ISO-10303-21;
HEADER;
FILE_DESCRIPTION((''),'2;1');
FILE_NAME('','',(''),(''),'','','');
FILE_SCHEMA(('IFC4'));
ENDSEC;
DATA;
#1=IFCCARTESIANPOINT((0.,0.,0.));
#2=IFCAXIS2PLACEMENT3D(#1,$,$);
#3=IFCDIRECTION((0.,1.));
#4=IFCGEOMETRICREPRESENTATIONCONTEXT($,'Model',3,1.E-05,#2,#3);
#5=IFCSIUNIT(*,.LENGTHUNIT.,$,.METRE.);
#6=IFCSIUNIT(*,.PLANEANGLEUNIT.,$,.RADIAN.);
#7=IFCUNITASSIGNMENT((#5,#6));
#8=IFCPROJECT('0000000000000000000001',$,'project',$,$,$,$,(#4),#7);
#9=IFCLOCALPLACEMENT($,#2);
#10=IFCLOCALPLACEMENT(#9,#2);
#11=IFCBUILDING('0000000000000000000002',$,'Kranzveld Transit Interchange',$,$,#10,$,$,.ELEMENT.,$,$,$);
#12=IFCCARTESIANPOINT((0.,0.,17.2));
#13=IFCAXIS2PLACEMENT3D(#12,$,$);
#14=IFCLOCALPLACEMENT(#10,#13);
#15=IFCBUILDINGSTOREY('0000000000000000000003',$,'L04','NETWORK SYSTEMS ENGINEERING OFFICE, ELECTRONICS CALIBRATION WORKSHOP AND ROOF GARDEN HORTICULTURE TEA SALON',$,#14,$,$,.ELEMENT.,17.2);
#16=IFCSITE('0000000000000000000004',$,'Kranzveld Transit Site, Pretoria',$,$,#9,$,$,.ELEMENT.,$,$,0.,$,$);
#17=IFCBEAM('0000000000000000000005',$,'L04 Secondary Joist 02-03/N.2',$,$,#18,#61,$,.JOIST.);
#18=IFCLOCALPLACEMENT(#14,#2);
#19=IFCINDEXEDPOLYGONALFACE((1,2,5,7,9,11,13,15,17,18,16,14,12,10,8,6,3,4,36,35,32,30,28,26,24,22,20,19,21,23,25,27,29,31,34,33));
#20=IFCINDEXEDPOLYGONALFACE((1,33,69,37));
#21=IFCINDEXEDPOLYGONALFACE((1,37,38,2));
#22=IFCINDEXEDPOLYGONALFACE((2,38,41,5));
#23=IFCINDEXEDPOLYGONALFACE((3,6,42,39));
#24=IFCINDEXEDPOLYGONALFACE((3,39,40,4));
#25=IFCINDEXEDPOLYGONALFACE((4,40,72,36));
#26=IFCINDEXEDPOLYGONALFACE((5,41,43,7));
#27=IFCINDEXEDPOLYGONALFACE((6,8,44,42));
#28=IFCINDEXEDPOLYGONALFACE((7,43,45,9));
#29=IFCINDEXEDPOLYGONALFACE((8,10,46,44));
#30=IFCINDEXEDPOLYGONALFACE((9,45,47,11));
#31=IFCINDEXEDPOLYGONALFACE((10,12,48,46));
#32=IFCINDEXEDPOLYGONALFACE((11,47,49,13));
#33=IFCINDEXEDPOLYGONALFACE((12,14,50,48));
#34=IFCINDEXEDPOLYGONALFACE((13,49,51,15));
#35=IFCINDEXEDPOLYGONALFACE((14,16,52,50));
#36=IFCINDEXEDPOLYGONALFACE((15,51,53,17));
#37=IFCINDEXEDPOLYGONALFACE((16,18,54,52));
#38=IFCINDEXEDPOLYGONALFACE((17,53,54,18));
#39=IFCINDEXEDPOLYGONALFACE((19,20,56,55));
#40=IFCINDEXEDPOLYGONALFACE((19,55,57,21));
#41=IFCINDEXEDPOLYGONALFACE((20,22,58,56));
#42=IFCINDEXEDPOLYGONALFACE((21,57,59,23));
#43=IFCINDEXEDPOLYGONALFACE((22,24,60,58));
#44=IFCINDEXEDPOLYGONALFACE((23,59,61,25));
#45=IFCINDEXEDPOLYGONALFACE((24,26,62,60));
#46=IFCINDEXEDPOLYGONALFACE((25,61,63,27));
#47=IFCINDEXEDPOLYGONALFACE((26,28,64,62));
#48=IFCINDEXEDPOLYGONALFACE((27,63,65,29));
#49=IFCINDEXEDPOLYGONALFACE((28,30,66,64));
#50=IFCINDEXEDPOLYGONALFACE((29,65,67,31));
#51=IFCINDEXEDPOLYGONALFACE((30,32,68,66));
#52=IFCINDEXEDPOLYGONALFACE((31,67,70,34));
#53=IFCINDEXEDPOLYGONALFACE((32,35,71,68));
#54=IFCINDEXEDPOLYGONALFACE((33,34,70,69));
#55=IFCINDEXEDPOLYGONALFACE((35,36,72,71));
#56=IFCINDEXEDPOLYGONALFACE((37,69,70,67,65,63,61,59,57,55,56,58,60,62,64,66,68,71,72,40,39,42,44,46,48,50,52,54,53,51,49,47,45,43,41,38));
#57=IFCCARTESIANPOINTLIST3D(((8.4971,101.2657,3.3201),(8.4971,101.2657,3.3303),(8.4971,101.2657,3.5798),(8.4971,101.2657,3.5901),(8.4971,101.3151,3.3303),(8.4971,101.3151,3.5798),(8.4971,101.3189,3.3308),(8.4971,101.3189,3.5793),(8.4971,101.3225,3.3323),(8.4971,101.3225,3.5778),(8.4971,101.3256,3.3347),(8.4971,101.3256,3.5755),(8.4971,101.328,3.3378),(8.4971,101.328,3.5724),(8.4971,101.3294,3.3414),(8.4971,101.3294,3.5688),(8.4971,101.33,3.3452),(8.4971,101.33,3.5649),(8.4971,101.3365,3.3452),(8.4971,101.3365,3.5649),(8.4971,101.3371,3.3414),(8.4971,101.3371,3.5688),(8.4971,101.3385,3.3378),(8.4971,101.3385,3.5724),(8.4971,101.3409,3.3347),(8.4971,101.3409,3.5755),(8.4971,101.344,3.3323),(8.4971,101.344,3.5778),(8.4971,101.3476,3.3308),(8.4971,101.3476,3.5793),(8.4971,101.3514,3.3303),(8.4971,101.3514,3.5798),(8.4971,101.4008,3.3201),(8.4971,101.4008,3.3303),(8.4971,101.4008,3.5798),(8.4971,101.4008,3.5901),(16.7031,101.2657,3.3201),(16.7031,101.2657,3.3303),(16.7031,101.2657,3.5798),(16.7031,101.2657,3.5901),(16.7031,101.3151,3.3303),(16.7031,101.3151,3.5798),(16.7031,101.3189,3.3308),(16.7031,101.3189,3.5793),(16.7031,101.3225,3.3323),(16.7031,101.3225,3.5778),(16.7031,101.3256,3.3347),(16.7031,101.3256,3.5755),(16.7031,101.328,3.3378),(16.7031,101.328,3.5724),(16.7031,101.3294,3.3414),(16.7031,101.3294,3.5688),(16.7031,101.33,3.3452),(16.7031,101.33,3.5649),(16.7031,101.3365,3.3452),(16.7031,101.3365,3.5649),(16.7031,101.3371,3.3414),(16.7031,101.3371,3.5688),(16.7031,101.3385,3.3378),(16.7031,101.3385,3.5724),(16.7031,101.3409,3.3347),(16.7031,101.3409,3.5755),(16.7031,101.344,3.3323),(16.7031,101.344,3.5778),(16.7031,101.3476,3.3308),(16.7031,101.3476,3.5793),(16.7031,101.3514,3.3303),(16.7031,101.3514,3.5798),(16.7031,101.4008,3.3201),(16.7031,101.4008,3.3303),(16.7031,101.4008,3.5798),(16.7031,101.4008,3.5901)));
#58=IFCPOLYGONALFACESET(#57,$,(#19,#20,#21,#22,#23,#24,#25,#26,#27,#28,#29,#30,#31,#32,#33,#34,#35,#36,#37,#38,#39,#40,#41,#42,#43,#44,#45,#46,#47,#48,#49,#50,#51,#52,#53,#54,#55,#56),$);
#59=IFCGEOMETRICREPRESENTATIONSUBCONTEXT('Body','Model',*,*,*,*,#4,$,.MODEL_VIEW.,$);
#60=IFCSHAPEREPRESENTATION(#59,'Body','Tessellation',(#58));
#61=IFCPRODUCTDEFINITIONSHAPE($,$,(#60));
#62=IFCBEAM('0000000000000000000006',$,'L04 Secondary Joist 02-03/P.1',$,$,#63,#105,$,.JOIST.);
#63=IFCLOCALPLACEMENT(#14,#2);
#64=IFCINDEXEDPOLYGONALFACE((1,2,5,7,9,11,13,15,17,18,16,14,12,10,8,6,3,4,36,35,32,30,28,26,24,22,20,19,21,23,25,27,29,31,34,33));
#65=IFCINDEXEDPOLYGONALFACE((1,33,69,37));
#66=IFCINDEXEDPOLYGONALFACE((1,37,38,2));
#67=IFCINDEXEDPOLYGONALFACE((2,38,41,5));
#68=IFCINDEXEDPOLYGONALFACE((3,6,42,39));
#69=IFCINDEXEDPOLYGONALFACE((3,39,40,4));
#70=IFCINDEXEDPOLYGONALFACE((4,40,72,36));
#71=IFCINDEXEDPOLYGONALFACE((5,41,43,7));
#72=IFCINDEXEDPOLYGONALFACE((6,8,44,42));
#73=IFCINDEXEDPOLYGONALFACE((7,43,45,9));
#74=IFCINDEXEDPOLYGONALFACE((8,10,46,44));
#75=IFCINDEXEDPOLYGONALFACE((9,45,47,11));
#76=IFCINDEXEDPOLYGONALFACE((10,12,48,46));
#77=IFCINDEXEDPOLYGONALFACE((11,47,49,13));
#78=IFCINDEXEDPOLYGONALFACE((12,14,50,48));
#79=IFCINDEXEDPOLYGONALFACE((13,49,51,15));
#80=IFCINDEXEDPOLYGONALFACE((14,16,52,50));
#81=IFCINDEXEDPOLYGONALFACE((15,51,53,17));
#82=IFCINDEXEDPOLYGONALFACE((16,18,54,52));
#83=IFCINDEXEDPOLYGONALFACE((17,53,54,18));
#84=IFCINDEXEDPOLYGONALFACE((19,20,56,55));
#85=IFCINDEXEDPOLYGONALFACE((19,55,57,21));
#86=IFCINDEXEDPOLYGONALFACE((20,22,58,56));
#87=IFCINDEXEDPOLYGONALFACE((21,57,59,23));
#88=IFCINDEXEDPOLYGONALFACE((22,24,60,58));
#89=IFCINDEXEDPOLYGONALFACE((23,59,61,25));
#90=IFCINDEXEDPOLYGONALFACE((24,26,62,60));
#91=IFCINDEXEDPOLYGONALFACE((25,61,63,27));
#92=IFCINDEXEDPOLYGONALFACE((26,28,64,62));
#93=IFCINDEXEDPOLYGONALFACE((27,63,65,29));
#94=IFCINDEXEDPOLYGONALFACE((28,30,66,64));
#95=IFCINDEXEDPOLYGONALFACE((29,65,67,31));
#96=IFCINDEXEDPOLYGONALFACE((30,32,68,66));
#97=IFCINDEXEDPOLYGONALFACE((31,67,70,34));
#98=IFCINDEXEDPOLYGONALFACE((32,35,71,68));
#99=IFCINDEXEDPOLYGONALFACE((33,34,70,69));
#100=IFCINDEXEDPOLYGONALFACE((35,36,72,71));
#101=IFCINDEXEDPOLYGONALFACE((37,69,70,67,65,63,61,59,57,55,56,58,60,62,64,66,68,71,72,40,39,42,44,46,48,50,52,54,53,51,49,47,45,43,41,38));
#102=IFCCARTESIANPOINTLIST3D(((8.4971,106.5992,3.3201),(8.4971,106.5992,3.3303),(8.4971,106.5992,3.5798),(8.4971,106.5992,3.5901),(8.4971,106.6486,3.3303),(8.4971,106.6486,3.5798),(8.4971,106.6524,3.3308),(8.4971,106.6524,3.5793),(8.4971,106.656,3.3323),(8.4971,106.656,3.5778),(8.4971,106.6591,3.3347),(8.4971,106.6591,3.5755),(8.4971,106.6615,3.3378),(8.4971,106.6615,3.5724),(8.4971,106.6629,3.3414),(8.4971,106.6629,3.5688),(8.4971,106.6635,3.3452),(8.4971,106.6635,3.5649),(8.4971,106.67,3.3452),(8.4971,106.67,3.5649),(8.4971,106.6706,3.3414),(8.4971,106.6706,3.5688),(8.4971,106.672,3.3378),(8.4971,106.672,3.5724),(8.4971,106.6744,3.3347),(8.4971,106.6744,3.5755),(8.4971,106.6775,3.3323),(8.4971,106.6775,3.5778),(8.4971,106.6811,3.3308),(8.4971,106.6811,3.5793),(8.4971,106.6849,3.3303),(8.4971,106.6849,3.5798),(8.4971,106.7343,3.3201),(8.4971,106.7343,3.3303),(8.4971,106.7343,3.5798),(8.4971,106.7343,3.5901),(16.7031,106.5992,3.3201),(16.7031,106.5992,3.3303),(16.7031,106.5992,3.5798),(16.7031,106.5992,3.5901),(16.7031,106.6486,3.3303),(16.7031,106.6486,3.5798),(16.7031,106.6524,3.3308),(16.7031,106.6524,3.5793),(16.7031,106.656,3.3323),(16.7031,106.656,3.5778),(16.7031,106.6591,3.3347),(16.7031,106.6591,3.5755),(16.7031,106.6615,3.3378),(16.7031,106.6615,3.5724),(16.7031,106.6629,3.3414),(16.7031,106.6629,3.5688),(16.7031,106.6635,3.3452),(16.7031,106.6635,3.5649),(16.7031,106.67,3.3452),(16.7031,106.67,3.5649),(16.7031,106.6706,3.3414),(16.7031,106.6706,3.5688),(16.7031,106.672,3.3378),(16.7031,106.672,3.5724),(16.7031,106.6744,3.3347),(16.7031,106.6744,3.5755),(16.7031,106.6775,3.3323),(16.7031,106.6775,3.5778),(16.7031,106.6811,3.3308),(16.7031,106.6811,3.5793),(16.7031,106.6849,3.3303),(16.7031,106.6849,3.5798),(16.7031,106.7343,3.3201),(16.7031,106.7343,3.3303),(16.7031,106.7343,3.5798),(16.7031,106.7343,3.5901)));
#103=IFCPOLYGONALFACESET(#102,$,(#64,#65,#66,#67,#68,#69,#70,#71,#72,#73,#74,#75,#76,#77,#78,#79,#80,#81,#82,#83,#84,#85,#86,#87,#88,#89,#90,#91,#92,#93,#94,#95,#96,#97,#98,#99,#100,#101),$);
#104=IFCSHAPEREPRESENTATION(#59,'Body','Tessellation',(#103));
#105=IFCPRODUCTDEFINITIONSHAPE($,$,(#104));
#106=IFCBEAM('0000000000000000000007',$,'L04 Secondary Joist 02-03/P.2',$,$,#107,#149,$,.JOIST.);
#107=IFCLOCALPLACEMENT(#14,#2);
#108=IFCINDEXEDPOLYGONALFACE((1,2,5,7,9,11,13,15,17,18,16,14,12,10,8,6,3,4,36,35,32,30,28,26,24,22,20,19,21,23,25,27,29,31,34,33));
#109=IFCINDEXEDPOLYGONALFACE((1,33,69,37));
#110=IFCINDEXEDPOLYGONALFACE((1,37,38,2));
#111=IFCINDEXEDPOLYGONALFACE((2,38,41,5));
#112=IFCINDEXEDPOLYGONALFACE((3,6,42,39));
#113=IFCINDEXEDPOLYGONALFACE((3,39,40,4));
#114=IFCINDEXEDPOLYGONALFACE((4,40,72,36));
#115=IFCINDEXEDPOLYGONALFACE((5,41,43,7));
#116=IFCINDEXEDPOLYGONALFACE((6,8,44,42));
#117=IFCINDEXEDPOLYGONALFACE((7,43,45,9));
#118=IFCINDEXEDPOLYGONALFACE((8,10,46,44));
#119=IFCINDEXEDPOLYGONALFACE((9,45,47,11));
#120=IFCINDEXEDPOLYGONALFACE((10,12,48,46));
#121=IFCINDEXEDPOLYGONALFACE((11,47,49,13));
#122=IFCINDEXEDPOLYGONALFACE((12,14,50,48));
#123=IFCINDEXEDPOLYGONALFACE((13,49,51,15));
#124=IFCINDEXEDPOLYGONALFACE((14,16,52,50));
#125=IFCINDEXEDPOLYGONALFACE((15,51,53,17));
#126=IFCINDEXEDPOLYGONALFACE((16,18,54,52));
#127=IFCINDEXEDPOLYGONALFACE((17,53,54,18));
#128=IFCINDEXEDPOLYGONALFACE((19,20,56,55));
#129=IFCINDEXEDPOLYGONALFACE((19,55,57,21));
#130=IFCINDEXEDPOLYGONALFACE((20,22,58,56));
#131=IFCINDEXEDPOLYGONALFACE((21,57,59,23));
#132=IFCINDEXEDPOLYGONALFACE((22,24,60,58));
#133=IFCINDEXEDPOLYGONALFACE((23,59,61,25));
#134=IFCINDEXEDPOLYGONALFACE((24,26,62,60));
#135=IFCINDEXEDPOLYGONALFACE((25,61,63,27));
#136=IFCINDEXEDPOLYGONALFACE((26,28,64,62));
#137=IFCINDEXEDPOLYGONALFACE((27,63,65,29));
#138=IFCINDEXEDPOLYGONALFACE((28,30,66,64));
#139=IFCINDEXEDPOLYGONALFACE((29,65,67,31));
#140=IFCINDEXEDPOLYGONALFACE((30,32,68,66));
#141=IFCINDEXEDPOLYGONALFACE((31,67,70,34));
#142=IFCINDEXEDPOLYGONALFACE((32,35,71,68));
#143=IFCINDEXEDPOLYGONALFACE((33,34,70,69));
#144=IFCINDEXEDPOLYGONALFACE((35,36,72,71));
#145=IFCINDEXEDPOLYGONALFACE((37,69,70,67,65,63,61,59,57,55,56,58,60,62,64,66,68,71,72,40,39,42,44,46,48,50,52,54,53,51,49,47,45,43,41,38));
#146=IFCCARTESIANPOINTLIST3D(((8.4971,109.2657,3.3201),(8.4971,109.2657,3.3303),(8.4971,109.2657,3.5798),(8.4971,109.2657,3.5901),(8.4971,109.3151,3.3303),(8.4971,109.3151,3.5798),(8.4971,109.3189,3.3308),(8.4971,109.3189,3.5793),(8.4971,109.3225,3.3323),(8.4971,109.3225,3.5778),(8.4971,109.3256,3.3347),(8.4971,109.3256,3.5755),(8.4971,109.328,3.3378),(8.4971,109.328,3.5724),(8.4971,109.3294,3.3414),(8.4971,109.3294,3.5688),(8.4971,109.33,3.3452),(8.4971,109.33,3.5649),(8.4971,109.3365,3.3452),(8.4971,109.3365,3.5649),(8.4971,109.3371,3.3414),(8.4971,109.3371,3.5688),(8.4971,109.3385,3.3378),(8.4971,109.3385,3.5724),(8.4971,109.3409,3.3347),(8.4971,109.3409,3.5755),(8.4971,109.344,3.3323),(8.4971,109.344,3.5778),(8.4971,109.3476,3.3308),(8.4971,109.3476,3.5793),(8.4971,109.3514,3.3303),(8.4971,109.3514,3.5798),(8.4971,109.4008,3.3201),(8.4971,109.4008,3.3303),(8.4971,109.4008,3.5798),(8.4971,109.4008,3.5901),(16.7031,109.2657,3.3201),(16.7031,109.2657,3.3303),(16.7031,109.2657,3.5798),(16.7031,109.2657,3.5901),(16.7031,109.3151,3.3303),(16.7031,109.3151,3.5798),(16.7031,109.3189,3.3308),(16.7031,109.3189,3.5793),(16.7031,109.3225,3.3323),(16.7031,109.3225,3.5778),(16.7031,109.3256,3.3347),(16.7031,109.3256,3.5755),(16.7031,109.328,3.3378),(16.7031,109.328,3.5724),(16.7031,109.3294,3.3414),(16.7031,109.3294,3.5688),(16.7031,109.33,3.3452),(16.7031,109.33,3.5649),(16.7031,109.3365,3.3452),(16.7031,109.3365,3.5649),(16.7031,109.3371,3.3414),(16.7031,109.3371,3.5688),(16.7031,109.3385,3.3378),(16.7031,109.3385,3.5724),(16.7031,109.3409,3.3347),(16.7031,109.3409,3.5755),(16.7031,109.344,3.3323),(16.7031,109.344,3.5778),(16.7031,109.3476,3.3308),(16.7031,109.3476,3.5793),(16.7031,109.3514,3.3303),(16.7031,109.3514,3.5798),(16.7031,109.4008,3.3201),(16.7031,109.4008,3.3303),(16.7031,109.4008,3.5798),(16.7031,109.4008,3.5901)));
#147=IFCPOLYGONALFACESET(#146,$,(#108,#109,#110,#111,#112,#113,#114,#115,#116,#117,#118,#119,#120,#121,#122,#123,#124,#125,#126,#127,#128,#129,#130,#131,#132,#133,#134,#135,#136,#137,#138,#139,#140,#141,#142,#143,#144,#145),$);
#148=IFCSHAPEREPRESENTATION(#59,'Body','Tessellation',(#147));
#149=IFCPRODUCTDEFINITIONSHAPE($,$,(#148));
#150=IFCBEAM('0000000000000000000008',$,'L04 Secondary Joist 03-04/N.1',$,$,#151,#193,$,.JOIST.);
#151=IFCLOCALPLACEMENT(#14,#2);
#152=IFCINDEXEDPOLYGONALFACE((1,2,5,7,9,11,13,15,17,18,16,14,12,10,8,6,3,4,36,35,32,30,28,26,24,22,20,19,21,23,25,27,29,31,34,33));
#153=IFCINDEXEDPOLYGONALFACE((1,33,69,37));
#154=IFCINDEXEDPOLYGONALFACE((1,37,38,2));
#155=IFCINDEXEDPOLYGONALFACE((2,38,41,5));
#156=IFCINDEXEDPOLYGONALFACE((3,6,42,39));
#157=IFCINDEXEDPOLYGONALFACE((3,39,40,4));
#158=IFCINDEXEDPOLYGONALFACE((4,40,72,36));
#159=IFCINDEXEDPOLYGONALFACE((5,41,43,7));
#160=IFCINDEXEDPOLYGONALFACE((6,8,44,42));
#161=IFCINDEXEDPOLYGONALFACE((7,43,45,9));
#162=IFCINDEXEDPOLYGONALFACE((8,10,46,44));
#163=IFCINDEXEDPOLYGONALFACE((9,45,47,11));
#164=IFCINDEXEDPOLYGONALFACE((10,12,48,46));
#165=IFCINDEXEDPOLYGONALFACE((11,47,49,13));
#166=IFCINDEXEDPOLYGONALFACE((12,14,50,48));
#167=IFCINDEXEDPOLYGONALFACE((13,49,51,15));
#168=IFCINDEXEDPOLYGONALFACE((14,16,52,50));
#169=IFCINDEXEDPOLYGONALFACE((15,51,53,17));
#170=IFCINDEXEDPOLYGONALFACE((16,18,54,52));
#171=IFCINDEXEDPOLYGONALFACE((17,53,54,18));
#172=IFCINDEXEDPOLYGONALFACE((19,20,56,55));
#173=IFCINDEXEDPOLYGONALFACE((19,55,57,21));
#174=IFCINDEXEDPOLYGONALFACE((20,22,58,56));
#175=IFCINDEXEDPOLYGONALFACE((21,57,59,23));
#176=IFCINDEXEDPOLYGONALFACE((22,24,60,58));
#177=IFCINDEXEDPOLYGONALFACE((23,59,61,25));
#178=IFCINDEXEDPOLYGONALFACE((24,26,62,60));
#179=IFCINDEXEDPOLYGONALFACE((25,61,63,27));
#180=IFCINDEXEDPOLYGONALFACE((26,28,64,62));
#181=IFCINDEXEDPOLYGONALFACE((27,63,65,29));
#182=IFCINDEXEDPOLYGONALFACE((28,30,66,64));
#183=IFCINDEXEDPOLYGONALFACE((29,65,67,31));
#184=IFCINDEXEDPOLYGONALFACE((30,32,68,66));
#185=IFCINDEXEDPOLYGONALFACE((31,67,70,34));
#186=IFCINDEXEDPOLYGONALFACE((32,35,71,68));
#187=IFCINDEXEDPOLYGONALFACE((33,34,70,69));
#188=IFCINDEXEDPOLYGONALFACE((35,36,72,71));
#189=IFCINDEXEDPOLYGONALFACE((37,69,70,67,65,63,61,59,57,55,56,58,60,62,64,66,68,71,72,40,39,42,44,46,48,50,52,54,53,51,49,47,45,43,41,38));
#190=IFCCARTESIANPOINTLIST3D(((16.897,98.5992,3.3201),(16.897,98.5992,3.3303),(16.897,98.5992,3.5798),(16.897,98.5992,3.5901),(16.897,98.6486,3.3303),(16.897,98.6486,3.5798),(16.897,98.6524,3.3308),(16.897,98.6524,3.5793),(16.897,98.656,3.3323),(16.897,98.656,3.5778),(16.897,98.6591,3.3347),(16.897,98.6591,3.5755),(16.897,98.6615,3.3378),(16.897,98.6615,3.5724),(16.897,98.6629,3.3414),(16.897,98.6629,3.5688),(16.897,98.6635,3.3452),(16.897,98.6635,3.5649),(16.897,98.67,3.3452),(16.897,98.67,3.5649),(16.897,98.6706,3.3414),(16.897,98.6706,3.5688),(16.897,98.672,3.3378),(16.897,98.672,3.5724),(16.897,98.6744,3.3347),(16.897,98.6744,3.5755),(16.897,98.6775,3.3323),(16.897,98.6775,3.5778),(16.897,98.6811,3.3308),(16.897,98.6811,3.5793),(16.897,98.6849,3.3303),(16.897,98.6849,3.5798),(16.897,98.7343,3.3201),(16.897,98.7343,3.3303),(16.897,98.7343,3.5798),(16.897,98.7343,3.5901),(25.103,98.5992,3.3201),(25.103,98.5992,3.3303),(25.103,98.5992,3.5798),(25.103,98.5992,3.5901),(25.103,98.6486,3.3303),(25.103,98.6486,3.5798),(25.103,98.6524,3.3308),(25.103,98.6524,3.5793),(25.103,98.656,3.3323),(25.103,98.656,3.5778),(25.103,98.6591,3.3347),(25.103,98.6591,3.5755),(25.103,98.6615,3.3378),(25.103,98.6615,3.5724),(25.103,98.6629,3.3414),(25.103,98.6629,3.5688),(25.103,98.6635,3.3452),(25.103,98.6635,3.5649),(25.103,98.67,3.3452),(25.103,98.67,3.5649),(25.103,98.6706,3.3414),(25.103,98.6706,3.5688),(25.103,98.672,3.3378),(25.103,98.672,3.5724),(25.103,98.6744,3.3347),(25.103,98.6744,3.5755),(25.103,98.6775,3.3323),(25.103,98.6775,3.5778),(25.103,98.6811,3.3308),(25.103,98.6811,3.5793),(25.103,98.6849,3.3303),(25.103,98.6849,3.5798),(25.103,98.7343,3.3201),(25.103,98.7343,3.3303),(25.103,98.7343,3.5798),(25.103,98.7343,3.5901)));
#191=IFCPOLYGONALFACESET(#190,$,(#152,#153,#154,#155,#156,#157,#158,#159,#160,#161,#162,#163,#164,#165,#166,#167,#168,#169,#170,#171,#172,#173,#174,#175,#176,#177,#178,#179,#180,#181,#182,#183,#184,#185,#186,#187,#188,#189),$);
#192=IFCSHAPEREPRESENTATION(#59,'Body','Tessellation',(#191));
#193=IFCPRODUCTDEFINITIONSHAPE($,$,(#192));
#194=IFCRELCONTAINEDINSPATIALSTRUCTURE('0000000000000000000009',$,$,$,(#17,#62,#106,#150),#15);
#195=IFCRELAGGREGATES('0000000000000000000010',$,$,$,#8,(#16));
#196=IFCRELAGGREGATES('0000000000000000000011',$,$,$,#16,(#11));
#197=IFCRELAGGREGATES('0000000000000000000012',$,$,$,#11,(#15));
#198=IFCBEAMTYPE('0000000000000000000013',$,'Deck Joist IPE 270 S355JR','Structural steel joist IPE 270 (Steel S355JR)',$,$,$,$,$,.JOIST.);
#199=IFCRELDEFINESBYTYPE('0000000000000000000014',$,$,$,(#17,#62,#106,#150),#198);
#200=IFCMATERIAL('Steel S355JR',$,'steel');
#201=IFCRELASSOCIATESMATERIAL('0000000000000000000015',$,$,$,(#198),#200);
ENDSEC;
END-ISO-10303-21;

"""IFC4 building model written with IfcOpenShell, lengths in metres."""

from ifc_helpers import new_model, si_unit, direction, frame, origin, origin_2d, place, context, subcontext, project, spatial, i_section, extrude, material, material_profile, profile_set, type_object, element, save


model = new_model("IFC4")

# Units and contexts
model_context = context("Model", 3, precision=1e-05, world=origin(), true_north=direction((0.0, 1.0)))
body_context = subcontext(model_context, "Body", "Model", "MODEL_VIEW")
ifc_project = project(units=[si_unit("LENGTHUNIT", "METRE"), si_unit("PLANEANGLEUNIT", "RADIAN")], contexts=[model_context])

# Site, building, storey
site_placement = place(None, origin())
site = spatial("IfcSite", under=ifc_project, at=site_placement, Name="Kranzveld Transit Site, Pretoria", CompositionType="ELEMENT", RefElevation=0.0)
building_placement = place(site_placement, origin())
building = spatial("IfcBuilding", under=site, at=building_placement, Name="Kranzveld Transit Interchange", CompositionType="ELEMENT")
storey_placement = place(building_placement, frame((0.0, 0.0, 17.2)))
storey = spatial("IfcBuildingStorey", under=building, at=storey_placement, Name="L04", Description="NETWORK SYSTEMS ENGINEERING OFFICE, ELECTRONICS CALIBRATION WORKSHOP AND ROOF GARDEN HORTICULTURE TEA SALON", CompositionType="ELEMENT", Elevation=17.2)

# Beams
ifc_material_1 = material(Name="Steel S355JR", Category="steel")
ifc_material_profile_1 = material_profile(ifc_material_1, i_section(OverallWidth=0.135, OverallDepth=0.27, WebThickness=0.0066, FlangeThickness=0.0103, FilletRadius=0.0149, at=origin_2d()), Name="IPE 270")
ifc_profile_set_1 = profile_set([ifc_material_profile_1], Name="Steel S355JR")
beam_type_1 = type_object("IfcBeamType", Name="Deck Joist IPE 270 S355JR", Description="Structural steel joist IPE 270 (Steel S355JR)", PredefinedType="JOIST", material=ifc_profile_set_1)
for number, where, z_axis, x_axis, name in (
    (1, (8.4971, 101.3333, 3.4551), (1.0, 0.0, 0.0), (0.0, 1.0, 0.0), "L04 Secondary Joist 02-03/N.2"),
    (2, (8.4971, 106.6667, 3.4551), (1.0, 0.0, 0.0), (0.0, 1.0, 0.0), "L04 Secondary Joist 02-03/P.1"),
    (3, (8.4971, 109.3333, 3.4551), (1.0, 0.0, 0.0), (0.0, 1.0, 0.0), "L04 Secondary Joist 02-03/P.2"),
    (4, (16.897, 98.6667, 3.4551), (1.0, 0.0, 0.0), (0.0, 1.0, 0.0), "L04 Secondary Joist 03-04/N.1"),
):
    element("IfcBeam", number, at=place(storey_placement, frame(where, z_axis=z_axis, x_axis=x_axis)), inside=storey, type_object=beam_type_1, Name=name, PredefinedType="JOIST", context=body_context, shape_type="SweptSolid", body=[
        extrude(i_section(OverallWidth=0.135, OverallDepth=0.27, WebThickness=0.0066, FlangeThickness=0.0103, FilletRadius=0.0149, at=origin_2d()), origin(), (0.0, 0.0, 1.0), 8.2061),
    ])

save(model, "model.ifc")
